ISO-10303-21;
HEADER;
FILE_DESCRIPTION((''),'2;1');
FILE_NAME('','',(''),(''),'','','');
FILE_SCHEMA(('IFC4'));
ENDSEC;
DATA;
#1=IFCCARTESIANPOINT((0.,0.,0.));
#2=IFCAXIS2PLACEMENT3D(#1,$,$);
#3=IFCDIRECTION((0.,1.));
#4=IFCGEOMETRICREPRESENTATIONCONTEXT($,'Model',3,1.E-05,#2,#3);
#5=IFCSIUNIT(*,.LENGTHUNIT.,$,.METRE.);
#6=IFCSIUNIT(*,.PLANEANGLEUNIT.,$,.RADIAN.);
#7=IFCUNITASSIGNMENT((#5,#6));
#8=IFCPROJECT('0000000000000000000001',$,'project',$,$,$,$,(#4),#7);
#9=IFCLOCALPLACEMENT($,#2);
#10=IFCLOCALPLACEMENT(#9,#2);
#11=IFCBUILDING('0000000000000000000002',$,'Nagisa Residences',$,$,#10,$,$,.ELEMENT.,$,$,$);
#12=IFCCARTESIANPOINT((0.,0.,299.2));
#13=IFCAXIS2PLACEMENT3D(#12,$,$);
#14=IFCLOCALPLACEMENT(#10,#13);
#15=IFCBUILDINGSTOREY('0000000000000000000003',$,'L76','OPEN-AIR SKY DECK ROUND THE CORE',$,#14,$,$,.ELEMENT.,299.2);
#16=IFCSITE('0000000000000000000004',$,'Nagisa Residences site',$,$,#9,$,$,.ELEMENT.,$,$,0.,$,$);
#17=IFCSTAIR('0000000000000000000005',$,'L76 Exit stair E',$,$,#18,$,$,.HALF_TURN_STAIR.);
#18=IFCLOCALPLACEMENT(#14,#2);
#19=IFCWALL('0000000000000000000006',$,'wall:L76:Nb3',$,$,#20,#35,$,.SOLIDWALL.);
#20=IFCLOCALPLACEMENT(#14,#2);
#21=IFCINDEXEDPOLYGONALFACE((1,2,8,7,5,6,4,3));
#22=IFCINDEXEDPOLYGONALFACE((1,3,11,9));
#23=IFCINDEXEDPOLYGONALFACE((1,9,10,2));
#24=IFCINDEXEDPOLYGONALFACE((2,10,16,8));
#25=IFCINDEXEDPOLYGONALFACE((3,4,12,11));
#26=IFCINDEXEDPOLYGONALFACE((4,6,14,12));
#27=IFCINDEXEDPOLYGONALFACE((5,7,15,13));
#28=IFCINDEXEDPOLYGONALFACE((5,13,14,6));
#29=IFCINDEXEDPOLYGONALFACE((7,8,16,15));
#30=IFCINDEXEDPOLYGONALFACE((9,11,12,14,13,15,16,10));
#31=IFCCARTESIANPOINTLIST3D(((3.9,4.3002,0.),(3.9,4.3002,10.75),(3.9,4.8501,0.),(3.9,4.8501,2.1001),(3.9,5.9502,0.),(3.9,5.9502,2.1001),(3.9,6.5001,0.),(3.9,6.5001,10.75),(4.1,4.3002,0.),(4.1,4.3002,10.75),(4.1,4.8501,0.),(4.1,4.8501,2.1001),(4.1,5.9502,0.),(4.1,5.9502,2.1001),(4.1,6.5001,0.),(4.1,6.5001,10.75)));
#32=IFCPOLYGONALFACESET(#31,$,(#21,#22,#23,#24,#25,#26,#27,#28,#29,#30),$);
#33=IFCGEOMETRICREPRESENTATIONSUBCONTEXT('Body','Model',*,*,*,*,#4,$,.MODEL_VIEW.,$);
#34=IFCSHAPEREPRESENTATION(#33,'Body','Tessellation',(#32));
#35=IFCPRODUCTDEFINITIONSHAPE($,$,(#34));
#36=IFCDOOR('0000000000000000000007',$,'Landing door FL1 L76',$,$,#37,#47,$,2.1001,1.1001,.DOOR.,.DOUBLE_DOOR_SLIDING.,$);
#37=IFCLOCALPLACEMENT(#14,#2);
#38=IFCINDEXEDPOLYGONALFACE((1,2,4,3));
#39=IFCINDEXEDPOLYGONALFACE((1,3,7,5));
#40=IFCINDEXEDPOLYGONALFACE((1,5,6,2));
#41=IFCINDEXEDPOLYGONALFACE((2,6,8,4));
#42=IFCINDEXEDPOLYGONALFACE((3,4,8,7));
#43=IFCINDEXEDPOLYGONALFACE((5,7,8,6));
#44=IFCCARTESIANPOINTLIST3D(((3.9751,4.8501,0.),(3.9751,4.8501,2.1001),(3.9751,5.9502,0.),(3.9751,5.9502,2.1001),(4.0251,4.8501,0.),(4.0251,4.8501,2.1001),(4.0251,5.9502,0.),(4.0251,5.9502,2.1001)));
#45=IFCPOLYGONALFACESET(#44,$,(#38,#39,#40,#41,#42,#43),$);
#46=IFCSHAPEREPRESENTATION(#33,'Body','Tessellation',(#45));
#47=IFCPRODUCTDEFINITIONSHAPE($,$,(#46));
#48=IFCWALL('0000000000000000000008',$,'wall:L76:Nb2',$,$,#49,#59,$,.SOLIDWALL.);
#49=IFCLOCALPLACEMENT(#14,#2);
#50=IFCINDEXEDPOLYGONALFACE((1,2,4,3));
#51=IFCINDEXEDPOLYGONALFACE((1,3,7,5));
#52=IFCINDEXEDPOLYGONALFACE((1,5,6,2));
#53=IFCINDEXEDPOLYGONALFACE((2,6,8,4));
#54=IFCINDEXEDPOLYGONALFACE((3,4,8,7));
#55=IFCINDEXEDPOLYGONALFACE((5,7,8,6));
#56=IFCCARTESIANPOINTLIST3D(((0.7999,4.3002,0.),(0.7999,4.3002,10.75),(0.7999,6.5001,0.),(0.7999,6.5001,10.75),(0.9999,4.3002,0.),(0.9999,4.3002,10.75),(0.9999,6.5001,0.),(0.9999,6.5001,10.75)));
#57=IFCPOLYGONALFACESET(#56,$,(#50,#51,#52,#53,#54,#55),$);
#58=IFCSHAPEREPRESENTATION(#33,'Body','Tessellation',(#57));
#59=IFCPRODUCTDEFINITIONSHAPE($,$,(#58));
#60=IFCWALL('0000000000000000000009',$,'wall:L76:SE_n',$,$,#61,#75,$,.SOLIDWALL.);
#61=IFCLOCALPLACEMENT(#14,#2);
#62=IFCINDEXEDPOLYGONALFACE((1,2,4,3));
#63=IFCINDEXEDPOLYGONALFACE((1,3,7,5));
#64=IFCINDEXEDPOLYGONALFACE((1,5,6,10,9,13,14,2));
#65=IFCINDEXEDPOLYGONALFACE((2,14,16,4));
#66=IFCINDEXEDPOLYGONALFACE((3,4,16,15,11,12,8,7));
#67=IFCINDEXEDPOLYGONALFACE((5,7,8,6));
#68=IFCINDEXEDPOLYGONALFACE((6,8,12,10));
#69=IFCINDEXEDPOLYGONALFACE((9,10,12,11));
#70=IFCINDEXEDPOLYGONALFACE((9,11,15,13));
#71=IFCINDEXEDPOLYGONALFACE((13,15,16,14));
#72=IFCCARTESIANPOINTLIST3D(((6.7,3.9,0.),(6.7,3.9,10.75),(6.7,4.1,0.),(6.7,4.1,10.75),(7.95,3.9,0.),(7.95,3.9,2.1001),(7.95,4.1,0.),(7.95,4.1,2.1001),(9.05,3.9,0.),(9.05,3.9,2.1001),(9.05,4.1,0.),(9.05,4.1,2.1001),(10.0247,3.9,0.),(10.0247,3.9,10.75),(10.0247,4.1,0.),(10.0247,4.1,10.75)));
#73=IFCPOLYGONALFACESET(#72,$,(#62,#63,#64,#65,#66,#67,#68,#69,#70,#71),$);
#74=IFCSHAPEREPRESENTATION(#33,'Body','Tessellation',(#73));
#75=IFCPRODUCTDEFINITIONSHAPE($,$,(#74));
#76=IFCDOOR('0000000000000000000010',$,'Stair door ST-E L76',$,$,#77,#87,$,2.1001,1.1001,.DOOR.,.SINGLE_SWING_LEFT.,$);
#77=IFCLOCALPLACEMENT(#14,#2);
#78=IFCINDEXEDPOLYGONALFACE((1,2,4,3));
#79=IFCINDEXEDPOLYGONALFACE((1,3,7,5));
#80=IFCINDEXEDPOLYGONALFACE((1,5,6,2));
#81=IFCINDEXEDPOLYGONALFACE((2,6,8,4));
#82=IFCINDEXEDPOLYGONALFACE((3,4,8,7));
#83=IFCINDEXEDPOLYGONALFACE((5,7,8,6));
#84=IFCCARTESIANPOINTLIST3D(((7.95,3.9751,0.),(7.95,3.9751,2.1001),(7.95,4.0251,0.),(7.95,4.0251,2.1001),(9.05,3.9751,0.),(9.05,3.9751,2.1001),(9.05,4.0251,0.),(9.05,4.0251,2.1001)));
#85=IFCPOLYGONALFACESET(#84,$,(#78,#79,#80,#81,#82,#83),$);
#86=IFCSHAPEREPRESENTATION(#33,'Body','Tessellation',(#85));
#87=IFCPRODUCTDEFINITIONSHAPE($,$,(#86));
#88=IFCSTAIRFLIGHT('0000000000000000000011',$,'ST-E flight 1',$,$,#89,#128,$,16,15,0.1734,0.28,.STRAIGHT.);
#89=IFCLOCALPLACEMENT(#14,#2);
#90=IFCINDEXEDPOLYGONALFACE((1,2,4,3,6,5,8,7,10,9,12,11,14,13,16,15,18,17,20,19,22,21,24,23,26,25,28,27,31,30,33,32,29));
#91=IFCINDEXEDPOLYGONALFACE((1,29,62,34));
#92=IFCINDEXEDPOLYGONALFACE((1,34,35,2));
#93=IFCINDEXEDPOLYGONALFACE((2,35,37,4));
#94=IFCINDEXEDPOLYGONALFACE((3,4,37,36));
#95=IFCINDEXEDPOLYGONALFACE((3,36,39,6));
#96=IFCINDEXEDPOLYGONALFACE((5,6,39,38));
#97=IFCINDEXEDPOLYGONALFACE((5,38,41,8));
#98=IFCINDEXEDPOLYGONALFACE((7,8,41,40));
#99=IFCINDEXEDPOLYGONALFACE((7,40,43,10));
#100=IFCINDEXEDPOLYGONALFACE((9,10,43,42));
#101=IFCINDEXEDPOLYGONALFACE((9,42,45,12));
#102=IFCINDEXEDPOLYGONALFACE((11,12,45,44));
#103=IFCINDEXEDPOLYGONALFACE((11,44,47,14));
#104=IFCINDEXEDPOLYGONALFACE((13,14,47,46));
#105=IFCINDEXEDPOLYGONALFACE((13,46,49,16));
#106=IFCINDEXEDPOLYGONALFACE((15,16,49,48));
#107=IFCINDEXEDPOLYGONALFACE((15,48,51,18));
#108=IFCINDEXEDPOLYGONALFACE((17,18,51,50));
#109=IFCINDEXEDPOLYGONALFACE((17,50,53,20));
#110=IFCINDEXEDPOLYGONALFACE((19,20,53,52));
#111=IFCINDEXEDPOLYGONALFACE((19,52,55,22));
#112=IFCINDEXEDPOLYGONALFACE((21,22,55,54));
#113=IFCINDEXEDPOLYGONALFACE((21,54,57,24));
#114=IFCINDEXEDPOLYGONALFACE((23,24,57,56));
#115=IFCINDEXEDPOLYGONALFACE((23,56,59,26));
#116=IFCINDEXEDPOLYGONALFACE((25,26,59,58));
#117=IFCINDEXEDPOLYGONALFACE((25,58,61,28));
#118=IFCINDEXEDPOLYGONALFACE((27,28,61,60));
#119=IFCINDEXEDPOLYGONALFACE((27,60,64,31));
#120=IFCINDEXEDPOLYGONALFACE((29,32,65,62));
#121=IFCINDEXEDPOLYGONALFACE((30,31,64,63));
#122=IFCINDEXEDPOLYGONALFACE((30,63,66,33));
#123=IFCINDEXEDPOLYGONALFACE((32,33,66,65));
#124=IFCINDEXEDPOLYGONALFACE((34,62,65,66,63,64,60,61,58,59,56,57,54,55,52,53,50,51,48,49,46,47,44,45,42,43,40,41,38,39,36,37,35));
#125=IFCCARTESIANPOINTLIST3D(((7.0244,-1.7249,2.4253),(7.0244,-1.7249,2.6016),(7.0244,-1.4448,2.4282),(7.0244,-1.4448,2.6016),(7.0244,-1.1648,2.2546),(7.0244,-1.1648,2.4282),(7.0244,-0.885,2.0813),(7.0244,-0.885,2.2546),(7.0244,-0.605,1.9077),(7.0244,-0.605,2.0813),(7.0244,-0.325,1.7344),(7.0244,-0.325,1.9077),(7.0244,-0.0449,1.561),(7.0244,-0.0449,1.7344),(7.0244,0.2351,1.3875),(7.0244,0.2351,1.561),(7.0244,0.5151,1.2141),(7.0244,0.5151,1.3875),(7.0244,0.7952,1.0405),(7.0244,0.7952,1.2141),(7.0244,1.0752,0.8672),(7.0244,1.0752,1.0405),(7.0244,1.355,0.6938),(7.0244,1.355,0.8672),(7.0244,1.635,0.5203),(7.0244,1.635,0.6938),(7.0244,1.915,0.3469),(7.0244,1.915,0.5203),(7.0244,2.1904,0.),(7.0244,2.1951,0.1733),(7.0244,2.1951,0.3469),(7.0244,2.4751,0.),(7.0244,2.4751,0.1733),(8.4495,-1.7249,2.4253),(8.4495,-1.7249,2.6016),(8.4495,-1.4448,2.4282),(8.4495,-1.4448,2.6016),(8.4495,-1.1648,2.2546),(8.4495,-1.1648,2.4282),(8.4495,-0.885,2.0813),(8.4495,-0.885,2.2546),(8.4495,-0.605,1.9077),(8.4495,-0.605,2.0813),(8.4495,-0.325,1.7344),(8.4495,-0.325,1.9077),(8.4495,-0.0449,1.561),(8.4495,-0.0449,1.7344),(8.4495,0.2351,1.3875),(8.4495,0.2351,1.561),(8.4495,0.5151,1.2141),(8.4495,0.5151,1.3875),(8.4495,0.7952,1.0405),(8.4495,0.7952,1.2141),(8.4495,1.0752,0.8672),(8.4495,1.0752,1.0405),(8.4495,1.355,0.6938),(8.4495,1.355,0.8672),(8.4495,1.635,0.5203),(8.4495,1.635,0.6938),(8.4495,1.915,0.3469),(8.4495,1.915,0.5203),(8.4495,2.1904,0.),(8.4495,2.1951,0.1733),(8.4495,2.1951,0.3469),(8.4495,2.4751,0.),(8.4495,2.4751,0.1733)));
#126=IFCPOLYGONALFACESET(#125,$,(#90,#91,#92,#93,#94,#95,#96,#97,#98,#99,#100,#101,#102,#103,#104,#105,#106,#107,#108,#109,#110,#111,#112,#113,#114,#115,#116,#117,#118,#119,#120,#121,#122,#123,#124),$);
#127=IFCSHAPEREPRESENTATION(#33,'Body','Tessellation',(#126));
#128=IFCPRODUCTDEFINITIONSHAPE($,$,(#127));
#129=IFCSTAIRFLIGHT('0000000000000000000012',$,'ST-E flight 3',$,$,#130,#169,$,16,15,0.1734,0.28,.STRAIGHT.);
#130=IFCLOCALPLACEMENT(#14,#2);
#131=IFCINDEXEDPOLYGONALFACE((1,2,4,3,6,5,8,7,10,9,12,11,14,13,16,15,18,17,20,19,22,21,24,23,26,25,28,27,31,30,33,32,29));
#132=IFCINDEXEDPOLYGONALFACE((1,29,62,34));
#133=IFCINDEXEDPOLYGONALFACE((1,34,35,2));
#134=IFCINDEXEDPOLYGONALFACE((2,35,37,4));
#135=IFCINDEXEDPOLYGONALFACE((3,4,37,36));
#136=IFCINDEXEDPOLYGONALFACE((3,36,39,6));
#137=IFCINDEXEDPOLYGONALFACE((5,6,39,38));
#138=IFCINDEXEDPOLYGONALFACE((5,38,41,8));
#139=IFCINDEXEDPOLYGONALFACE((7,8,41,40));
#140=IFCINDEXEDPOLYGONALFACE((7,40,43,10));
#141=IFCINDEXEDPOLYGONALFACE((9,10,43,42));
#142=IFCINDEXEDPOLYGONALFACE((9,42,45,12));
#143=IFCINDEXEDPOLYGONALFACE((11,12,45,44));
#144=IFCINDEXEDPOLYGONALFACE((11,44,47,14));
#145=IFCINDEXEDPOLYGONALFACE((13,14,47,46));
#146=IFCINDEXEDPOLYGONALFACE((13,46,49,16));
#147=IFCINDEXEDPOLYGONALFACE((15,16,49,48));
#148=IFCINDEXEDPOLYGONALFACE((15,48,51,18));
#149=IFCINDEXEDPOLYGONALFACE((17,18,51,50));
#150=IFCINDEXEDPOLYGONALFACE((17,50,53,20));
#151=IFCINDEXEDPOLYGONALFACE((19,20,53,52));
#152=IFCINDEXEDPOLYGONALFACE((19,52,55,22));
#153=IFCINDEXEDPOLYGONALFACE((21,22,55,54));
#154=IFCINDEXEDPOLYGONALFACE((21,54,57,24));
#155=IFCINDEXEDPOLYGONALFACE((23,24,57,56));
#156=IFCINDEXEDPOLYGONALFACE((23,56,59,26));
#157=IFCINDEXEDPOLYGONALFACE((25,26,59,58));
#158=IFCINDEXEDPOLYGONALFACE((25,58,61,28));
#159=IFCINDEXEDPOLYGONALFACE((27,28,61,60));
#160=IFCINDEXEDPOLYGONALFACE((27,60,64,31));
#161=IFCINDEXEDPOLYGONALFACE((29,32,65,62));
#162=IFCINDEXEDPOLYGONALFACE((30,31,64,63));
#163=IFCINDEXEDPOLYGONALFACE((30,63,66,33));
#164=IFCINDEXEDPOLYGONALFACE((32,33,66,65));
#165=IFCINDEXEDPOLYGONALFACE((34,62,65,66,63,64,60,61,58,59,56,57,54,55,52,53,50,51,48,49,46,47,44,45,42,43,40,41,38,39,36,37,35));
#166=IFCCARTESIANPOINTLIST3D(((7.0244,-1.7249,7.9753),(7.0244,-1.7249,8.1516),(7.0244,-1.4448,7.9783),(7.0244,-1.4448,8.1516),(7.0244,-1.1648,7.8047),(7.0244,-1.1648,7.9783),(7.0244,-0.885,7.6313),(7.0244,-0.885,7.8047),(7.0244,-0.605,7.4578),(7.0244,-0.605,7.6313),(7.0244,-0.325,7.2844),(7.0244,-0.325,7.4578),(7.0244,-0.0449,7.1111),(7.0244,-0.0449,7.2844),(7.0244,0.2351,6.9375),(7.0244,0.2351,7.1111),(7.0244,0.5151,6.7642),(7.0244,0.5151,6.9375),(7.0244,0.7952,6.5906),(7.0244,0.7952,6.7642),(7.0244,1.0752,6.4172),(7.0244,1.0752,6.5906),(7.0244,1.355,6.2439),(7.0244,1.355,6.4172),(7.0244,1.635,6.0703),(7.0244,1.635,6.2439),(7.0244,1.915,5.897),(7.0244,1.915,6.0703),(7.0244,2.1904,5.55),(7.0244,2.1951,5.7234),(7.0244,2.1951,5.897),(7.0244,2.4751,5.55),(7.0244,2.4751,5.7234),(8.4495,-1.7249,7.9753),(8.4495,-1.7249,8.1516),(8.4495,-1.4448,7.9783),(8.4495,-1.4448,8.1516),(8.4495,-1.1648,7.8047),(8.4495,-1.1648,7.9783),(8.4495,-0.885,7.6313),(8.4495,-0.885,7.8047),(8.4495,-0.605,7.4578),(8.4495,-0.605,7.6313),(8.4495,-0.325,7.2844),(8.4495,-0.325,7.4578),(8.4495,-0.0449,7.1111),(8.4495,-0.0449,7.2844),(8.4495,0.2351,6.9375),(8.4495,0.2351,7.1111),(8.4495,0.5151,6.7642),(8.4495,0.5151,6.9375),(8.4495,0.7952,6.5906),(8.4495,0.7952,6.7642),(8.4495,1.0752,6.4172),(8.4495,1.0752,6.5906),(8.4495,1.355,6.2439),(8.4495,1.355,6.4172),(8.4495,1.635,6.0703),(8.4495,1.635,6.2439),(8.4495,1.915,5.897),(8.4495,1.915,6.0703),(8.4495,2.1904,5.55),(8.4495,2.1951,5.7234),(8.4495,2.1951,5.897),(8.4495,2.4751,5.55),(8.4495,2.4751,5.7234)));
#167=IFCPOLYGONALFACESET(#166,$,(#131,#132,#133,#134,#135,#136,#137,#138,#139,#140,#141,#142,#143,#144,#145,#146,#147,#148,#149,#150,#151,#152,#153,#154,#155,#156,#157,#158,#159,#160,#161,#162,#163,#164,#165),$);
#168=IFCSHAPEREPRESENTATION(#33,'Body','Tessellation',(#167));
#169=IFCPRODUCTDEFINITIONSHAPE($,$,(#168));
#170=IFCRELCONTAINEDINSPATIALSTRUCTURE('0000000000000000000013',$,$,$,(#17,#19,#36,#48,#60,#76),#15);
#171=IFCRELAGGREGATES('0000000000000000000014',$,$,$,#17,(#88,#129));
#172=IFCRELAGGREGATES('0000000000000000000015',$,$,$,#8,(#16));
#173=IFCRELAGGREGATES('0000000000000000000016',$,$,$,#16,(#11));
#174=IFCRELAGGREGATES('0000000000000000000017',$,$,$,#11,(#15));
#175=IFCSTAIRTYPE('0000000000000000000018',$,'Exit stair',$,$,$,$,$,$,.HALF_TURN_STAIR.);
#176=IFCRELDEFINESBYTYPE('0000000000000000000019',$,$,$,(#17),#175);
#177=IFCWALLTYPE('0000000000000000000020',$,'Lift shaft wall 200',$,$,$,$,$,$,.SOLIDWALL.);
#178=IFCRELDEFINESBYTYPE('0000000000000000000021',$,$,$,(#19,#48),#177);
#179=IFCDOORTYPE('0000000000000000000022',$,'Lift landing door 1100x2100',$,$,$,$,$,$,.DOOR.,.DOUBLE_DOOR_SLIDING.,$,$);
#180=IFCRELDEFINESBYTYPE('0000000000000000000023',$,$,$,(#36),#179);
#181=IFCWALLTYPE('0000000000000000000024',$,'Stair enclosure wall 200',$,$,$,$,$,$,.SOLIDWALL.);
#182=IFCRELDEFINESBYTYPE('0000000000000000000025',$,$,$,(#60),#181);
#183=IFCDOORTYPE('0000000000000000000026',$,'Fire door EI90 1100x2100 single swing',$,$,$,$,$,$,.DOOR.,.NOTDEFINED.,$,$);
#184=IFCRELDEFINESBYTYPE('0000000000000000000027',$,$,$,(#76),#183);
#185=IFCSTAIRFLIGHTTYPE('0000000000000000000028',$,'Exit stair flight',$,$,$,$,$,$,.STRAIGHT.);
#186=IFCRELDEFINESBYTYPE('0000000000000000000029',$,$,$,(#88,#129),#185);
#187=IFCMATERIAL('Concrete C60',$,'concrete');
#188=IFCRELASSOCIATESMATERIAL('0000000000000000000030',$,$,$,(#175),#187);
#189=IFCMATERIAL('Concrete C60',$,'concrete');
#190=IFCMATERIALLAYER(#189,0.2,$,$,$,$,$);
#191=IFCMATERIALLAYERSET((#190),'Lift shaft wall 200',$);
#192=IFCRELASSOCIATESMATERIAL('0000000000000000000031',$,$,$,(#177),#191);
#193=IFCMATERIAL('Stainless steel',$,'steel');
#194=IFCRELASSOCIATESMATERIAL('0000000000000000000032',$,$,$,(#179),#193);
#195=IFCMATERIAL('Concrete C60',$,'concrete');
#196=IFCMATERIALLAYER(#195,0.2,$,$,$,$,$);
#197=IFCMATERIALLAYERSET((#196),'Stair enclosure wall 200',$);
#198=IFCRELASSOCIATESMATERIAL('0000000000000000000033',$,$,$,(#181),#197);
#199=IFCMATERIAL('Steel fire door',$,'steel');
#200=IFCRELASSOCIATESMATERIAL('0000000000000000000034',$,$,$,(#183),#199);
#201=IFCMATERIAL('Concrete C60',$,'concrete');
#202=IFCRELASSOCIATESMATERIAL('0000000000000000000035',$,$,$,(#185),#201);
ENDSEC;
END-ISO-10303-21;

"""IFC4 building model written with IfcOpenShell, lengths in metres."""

from ifc_helpers import new_model, si_unit, direction, frame, frame_2d, origin, place, context, subcontext, project, spatial, polyline, rectangle, outline, extrude, material, layer, layer_set, type_object, element, fill, aggregate, save


model = new_model("IFC4")

# Units and contexts
model_context = context("Model", 3, precision=1e-05, world=origin(), true_north=direction((0.0, 1.0)))
body_context = subcontext(model_context, "Body", "Model", "MODEL_VIEW")
ifc_project = project(units=[si_unit("LENGTHUNIT", "METRE"), si_unit("PLANEANGLEUNIT", "RADIAN")], contexts=[model_context])

# Site, building, storey
site_placement = place(None, origin())
site = spatial("IfcSite", under=ifc_project, at=site_placement, Name="Nagisa Residences site", CompositionType="ELEMENT", RefElevation=0.0)
building_placement = place(site_placement, origin())
building = spatial("IfcBuilding", under=site, at=building_placement, Name="Nagisa Residences", CompositionType="ELEMENT")
storey_placement = place(building_placement, frame((0.0, 0.0, 299.2)))
storey = spatial("IfcBuildingStorey", under=building, at=storey_placement, Name="L76", Description="OPEN-AIR SKY DECK ROUND THE CORE", CompositionType="ELEMENT", Elevation=299.2)

# Stair
ifc_material_1 = material(Name="Concrete C60", Category="concrete")
stair_type = type_object("IfcStairType", Name="Exit stair", PredefinedType="HALF_TURN_STAIR", material=ifc_material_1)
stair_1_placement = place(storey_placement, origin())
stair_1 = element("IfcStair", 1, at=stair_1_placement, inside=storey, type_object=stair_type, Name="L76 Exit stair E", PredefinedType="HALF_TURN_STAIR")

# Wall, opening, door
ifc_material_2 = material(Name="Concrete C60", Category="concrete")
ifc_layer_1 = layer(ifc_material_2, 0.2)
ifc_layer_set_1 = layer_set([ifc_layer_1], Name="Lift shaft wall 200")
wall_type_1 = type_object("IfcWallType", Name="Lift shaft wall 200", PredefinedType="SOLIDWALL", material=ifc_layer_set_1)
wall_1_placement = place(storey_placement, frame((4.0, 4.3, 0.0), z_axis=(0.0, 0.0, 1.0), x_axis=(0.0, 1.0, 0.0)))
wall_1 = element("IfcWall", 2, at=wall_1_placement, inside=storey, type_object=wall_type_1, Name="wall:L76:Nb3", PredefinedType="SOLIDWALL", context=body_context, shape_type="SweptSolid", body=[
    extrude(rectangle(XDim=2.2, YDim=0.2, at=frame_2d((1.1001, 0.0))), origin(), (0.0, 0.0, 1.0), 10.75),
])
opening_1_placement = place(wall_1_placement, frame((0.55, 0.0, 0.0)))
opening_1 = element("IfcOpeningElement", 3, at=opening_1_placement, cuts=wall_1, PredefinedType="OPENING", context=body_context, shape_type="SweptSolid", body=[
    extrude(rectangle(XDim=1.1001, YDim=2.1001, at=frame_2d((0.55, 1.05))), frame((0.0, 0.1099, 0.0), z_axis=(0.0, -1.0, 0.0), x_axis=(1.0, 0.0, 0.0)), (0.0, 0.0, 1.0), 0.22),
])
ifc_material_3 = material(Name="Stainless steel", Category="steel")
door_type_1 = type_object("IfcDoorType", Name="Lift landing door 1100x2100", OperationType="DOUBLE_DOOR_SLIDING", PredefinedType="DOOR", material=ifc_material_3)
door_1_placement = place(opening_1_placement, origin())
door_1 = element("IfcDoor", 4, at=door_1_placement, inside=storey, type_object=door_type_1, Name="Landing door FL1 L76", OperationType="DOUBLE_DOOR_SLIDING", OverallHeight=2.1001, OverallWidth=1.1001, PredefinedType="DOOR", context=body_context, shape_type="SweptSolid", body=[
    extrude(rectangle(XDim=1.1001, YDim=2.1001, at=frame_2d((0.55, 1.05))), frame((0.0, 0.0249, 0.0), z_axis=(0.0, -1.0, 0.0), x_axis=(1.0, 0.0, 0.0)), (0.0, 0.0, 1.0), 0.05),
])
fill(opening_1, door_1)

# Wall
wall_2_placement = place(storey_placement, frame((0.8999, 4.3, 0.0), z_axis=(0.0, 0.0, 1.0), x_axis=(0.0, 1.0, 0.0)))
element("IfcWall", 5, at=wall_2_placement, inside=storey, type_object=wall_type_1, Name="wall:L76:Nb2", PredefinedType="SOLIDWALL", context=body_context, shape_type="SweptSolid", body=[
    extrude(rectangle(XDim=2.2, YDim=0.2, at=frame_2d((1.1001, 0.0))), origin(), (0.0, 0.0, 1.0), 10.75),
])

# Wall, opening, door
ifc_material_4 = material(Name="Concrete C60", Category="concrete")
ifc_layer_2 = layer(ifc_material_4, 0.2)
ifc_layer_set_2 = layer_set([ifc_layer_2], Name="Stair enclosure wall 200")
wall_type_2 = type_object("IfcWallType", Name="Stair enclosure wall 200", PredefinedType="SOLIDWALL", material=ifc_layer_set_2)
wall_3_placement = place(storey_placement, frame((6.7, 4.0, 0.0), z_axis=(0.0, 0.0, 1.0), x_axis=(1.0, 0.0, 0.0)))
wall_3 = element("IfcWall", 6, at=wall_3_placement, inside=storey, type_object=wall_type_2, Name="wall:L76:SE_n", PredefinedType="SOLIDWALL", context=body_context, shape_type="SweptSolid", body=[
    extrude(rectangle(XDim=3.3247, YDim=0.2, at=frame_2d((1.6624, 0.0))), origin(), (0.0, 0.0, 1.0), 10.75),
])
opening_2_placement = place(wall_3_placement, frame((1.25, 0.0, 0.0)))
opening_2 = element("IfcOpeningElement", 7, at=opening_2_placement, cuts=wall_3, PredefinedType="OPENING", context=body_context, shape_type="SweptSolid", body=[
    extrude(rectangle(XDim=1.1001, YDim=2.1001, at=frame_2d((0.55, 1.05))), frame((0.0, 0.1099, 0.0), z_axis=(0.0, -1.0, 0.0), x_axis=(1.0, 0.0, 0.0)), (0.0, 0.0, 1.0), 0.22),
])
ifc_material_5 = material(Name="Steel fire door", Category="steel")
door_type_2 = type_object("IfcDoorType", Name="Fire door EI90 1100x2100 single swing", OperationType="NOTDEFINED", PredefinedType="DOOR", material=ifc_material_5)
door_2_placement = place(opening_2_placement, frame((1.1001, 0.0, 0.0), x_axis=(-1.0, 0.0, 0.0)))
door_2 = element("IfcDoor", 8, at=door_2_placement, inside=storey, type_object=door_type_2, Name="Stair door ST-E L76", OperationType="SINGLE_SWING_LEFT", OverallHeight=2.1001, OverallWidth=1.1001, PredefinedType="DOOR", context=body_context, shape_type="SweptSolid", body=[
    extrude(rectangle(XDim=1.1001, YDim=2.1001, at=frame_2d((0.55, 1.05))), frame((0.0, 0.0249, 0.0), z_axis=(0.0, -1.0, 0.0), x_axis=(1.0, 0.0, 0.0)), (0.0, 0.0, 1.0), 0.05),
])
fill(opening_2, door_2)

# Stair flights
ifc_material_6 = material(Name="Concrete C60", Category="concrete")
stair_flight_type = type_object("IfcStairFlightType", Name="Exit stair flight", PredefinedType="STRAIGHT", material=ifc_material_6)
stair_flight_1_placement = place(storey_placement, frame((7.7371, 2.4751, 0.0), z_axis=(0.0, 0.0, 1.0), x_axis=(0.0, -1.0, 0.0)))
stair_flight_1 = element("IfcStairFlight", 9, at=stair_flight_1_placement, type_object=stair_flight_type, Name="ST-E flight 1", NumberOfRisers=16, NumberOfTreads=15, PredefinedType="STRAIGHT", RiserHeight=0.1734, TreadLength=0.28, context=body_context, shape_type="SweptSolid", body=[
    extrude(outline(polyline([(0.0, 0.0), (0.0, 0.1733), (0.28, 0.1733), (0.28, 0.3469), (0.5601, 0.3469), (0.5601, 0.5203), (0.8401, 0.5203), (0.8401, 0.6938), (1.1201, 0.6938), (1.1201, 0.8672), (1.3999, 0.8672), (1.3999, 1.0405), (1.6799, 1.0405), (1.6799, 1.2141), (1.96, 1.2141), (1.96, 1.3875), (2.24, 1.3875), (2.24, 1.561), (2.52, 1.561), (2.52, 1.7344), (2.8, 1.7344), (2.8, 1.9077), (3.0801, 1.9077), (3.0801, 2.0813), (3.3601, 2.0813), (3.3601, 2.2546), (3.6399, 2.2546), (3.6399, 2.4282), (3.9199, 2.4282), (3.9199, 2.6016), (4.2, 2.6016), (4.2, 2.7749), (4.2, 2.4253), (0.2847, 0.0), (0.0, 0.0)])), frame((0.0, 0.7124, 0.0), z_axis=(0.0, -1.0, 0.0), x_axis=(1.0, 0.0, 0.0)), (0.0, 0.0, 1.0), 1.425),
])
stair_flight_2_placement = place(storey_placement, frame((7.7371, 2.4751, 5.55), z_axis=(0.0, 0.0, 1.0), x_axis=(0.0, -1.0, 0.0)))
stair_flight_2 = element("IfcStairFlight", 10, at=stair_flight_2_placement, type_object=stair_flight_type, Name="ST-E flight 3", NumberOfRisers=16, NumberOfTreads=15, PredefinedType="STRAIGHT", RiserHeight=0.1734, TreadLength=0.28, context=body_context, shape_type="SweptSolid", body=[
    extrude(outline(polyline([(0.0, 0.0), (0.0, 0.1733), (0.28, 0.1733), (0.28, 0.3469), (0.5601, 0.3469), (0.5601, 0.5203), (0.8401, 0.5203), (0.8401, 0.6938), (1.1201, 0.6938), (1.1201, 0.8672), (1.3999, 0.8672), (1.3999, 1.0405), (1.6799, 1.0405), (1.6799, 1.2141), (1.96, 1.2141), (1.96, 1.3875), (2.24, 1.3875), (2.24, 1.561), (2.52, 1.561), (2.52, 1.7344), (2.8, 1.7344), (2.8, 1.9077), (3.0801, 1.9077), (3.0801, 2.0813), (3.3601, 2.0813), (3.3601, 2.2546), (3.6399, 2.2546), (3.6399, 2.4282), (3.9199, 2.4282), (3.9199, 2.6016), (4.2, 2.6016), (4.2, 2.7749), (4.2, 2.4253), (0.2847, 0.0), (0.0, 0.0)])), frame((0.0, 0.7124, 0.0), z_axis=(0.0, -1.0, 0.0), x_axis=(1.0, 0.0, 0.0)), (0.0, 0.0, 1.0), 1.425),
])
aggregate(stair_1, [stair_flight_1, stair_flight_2])

save(model, "model.ifc")
